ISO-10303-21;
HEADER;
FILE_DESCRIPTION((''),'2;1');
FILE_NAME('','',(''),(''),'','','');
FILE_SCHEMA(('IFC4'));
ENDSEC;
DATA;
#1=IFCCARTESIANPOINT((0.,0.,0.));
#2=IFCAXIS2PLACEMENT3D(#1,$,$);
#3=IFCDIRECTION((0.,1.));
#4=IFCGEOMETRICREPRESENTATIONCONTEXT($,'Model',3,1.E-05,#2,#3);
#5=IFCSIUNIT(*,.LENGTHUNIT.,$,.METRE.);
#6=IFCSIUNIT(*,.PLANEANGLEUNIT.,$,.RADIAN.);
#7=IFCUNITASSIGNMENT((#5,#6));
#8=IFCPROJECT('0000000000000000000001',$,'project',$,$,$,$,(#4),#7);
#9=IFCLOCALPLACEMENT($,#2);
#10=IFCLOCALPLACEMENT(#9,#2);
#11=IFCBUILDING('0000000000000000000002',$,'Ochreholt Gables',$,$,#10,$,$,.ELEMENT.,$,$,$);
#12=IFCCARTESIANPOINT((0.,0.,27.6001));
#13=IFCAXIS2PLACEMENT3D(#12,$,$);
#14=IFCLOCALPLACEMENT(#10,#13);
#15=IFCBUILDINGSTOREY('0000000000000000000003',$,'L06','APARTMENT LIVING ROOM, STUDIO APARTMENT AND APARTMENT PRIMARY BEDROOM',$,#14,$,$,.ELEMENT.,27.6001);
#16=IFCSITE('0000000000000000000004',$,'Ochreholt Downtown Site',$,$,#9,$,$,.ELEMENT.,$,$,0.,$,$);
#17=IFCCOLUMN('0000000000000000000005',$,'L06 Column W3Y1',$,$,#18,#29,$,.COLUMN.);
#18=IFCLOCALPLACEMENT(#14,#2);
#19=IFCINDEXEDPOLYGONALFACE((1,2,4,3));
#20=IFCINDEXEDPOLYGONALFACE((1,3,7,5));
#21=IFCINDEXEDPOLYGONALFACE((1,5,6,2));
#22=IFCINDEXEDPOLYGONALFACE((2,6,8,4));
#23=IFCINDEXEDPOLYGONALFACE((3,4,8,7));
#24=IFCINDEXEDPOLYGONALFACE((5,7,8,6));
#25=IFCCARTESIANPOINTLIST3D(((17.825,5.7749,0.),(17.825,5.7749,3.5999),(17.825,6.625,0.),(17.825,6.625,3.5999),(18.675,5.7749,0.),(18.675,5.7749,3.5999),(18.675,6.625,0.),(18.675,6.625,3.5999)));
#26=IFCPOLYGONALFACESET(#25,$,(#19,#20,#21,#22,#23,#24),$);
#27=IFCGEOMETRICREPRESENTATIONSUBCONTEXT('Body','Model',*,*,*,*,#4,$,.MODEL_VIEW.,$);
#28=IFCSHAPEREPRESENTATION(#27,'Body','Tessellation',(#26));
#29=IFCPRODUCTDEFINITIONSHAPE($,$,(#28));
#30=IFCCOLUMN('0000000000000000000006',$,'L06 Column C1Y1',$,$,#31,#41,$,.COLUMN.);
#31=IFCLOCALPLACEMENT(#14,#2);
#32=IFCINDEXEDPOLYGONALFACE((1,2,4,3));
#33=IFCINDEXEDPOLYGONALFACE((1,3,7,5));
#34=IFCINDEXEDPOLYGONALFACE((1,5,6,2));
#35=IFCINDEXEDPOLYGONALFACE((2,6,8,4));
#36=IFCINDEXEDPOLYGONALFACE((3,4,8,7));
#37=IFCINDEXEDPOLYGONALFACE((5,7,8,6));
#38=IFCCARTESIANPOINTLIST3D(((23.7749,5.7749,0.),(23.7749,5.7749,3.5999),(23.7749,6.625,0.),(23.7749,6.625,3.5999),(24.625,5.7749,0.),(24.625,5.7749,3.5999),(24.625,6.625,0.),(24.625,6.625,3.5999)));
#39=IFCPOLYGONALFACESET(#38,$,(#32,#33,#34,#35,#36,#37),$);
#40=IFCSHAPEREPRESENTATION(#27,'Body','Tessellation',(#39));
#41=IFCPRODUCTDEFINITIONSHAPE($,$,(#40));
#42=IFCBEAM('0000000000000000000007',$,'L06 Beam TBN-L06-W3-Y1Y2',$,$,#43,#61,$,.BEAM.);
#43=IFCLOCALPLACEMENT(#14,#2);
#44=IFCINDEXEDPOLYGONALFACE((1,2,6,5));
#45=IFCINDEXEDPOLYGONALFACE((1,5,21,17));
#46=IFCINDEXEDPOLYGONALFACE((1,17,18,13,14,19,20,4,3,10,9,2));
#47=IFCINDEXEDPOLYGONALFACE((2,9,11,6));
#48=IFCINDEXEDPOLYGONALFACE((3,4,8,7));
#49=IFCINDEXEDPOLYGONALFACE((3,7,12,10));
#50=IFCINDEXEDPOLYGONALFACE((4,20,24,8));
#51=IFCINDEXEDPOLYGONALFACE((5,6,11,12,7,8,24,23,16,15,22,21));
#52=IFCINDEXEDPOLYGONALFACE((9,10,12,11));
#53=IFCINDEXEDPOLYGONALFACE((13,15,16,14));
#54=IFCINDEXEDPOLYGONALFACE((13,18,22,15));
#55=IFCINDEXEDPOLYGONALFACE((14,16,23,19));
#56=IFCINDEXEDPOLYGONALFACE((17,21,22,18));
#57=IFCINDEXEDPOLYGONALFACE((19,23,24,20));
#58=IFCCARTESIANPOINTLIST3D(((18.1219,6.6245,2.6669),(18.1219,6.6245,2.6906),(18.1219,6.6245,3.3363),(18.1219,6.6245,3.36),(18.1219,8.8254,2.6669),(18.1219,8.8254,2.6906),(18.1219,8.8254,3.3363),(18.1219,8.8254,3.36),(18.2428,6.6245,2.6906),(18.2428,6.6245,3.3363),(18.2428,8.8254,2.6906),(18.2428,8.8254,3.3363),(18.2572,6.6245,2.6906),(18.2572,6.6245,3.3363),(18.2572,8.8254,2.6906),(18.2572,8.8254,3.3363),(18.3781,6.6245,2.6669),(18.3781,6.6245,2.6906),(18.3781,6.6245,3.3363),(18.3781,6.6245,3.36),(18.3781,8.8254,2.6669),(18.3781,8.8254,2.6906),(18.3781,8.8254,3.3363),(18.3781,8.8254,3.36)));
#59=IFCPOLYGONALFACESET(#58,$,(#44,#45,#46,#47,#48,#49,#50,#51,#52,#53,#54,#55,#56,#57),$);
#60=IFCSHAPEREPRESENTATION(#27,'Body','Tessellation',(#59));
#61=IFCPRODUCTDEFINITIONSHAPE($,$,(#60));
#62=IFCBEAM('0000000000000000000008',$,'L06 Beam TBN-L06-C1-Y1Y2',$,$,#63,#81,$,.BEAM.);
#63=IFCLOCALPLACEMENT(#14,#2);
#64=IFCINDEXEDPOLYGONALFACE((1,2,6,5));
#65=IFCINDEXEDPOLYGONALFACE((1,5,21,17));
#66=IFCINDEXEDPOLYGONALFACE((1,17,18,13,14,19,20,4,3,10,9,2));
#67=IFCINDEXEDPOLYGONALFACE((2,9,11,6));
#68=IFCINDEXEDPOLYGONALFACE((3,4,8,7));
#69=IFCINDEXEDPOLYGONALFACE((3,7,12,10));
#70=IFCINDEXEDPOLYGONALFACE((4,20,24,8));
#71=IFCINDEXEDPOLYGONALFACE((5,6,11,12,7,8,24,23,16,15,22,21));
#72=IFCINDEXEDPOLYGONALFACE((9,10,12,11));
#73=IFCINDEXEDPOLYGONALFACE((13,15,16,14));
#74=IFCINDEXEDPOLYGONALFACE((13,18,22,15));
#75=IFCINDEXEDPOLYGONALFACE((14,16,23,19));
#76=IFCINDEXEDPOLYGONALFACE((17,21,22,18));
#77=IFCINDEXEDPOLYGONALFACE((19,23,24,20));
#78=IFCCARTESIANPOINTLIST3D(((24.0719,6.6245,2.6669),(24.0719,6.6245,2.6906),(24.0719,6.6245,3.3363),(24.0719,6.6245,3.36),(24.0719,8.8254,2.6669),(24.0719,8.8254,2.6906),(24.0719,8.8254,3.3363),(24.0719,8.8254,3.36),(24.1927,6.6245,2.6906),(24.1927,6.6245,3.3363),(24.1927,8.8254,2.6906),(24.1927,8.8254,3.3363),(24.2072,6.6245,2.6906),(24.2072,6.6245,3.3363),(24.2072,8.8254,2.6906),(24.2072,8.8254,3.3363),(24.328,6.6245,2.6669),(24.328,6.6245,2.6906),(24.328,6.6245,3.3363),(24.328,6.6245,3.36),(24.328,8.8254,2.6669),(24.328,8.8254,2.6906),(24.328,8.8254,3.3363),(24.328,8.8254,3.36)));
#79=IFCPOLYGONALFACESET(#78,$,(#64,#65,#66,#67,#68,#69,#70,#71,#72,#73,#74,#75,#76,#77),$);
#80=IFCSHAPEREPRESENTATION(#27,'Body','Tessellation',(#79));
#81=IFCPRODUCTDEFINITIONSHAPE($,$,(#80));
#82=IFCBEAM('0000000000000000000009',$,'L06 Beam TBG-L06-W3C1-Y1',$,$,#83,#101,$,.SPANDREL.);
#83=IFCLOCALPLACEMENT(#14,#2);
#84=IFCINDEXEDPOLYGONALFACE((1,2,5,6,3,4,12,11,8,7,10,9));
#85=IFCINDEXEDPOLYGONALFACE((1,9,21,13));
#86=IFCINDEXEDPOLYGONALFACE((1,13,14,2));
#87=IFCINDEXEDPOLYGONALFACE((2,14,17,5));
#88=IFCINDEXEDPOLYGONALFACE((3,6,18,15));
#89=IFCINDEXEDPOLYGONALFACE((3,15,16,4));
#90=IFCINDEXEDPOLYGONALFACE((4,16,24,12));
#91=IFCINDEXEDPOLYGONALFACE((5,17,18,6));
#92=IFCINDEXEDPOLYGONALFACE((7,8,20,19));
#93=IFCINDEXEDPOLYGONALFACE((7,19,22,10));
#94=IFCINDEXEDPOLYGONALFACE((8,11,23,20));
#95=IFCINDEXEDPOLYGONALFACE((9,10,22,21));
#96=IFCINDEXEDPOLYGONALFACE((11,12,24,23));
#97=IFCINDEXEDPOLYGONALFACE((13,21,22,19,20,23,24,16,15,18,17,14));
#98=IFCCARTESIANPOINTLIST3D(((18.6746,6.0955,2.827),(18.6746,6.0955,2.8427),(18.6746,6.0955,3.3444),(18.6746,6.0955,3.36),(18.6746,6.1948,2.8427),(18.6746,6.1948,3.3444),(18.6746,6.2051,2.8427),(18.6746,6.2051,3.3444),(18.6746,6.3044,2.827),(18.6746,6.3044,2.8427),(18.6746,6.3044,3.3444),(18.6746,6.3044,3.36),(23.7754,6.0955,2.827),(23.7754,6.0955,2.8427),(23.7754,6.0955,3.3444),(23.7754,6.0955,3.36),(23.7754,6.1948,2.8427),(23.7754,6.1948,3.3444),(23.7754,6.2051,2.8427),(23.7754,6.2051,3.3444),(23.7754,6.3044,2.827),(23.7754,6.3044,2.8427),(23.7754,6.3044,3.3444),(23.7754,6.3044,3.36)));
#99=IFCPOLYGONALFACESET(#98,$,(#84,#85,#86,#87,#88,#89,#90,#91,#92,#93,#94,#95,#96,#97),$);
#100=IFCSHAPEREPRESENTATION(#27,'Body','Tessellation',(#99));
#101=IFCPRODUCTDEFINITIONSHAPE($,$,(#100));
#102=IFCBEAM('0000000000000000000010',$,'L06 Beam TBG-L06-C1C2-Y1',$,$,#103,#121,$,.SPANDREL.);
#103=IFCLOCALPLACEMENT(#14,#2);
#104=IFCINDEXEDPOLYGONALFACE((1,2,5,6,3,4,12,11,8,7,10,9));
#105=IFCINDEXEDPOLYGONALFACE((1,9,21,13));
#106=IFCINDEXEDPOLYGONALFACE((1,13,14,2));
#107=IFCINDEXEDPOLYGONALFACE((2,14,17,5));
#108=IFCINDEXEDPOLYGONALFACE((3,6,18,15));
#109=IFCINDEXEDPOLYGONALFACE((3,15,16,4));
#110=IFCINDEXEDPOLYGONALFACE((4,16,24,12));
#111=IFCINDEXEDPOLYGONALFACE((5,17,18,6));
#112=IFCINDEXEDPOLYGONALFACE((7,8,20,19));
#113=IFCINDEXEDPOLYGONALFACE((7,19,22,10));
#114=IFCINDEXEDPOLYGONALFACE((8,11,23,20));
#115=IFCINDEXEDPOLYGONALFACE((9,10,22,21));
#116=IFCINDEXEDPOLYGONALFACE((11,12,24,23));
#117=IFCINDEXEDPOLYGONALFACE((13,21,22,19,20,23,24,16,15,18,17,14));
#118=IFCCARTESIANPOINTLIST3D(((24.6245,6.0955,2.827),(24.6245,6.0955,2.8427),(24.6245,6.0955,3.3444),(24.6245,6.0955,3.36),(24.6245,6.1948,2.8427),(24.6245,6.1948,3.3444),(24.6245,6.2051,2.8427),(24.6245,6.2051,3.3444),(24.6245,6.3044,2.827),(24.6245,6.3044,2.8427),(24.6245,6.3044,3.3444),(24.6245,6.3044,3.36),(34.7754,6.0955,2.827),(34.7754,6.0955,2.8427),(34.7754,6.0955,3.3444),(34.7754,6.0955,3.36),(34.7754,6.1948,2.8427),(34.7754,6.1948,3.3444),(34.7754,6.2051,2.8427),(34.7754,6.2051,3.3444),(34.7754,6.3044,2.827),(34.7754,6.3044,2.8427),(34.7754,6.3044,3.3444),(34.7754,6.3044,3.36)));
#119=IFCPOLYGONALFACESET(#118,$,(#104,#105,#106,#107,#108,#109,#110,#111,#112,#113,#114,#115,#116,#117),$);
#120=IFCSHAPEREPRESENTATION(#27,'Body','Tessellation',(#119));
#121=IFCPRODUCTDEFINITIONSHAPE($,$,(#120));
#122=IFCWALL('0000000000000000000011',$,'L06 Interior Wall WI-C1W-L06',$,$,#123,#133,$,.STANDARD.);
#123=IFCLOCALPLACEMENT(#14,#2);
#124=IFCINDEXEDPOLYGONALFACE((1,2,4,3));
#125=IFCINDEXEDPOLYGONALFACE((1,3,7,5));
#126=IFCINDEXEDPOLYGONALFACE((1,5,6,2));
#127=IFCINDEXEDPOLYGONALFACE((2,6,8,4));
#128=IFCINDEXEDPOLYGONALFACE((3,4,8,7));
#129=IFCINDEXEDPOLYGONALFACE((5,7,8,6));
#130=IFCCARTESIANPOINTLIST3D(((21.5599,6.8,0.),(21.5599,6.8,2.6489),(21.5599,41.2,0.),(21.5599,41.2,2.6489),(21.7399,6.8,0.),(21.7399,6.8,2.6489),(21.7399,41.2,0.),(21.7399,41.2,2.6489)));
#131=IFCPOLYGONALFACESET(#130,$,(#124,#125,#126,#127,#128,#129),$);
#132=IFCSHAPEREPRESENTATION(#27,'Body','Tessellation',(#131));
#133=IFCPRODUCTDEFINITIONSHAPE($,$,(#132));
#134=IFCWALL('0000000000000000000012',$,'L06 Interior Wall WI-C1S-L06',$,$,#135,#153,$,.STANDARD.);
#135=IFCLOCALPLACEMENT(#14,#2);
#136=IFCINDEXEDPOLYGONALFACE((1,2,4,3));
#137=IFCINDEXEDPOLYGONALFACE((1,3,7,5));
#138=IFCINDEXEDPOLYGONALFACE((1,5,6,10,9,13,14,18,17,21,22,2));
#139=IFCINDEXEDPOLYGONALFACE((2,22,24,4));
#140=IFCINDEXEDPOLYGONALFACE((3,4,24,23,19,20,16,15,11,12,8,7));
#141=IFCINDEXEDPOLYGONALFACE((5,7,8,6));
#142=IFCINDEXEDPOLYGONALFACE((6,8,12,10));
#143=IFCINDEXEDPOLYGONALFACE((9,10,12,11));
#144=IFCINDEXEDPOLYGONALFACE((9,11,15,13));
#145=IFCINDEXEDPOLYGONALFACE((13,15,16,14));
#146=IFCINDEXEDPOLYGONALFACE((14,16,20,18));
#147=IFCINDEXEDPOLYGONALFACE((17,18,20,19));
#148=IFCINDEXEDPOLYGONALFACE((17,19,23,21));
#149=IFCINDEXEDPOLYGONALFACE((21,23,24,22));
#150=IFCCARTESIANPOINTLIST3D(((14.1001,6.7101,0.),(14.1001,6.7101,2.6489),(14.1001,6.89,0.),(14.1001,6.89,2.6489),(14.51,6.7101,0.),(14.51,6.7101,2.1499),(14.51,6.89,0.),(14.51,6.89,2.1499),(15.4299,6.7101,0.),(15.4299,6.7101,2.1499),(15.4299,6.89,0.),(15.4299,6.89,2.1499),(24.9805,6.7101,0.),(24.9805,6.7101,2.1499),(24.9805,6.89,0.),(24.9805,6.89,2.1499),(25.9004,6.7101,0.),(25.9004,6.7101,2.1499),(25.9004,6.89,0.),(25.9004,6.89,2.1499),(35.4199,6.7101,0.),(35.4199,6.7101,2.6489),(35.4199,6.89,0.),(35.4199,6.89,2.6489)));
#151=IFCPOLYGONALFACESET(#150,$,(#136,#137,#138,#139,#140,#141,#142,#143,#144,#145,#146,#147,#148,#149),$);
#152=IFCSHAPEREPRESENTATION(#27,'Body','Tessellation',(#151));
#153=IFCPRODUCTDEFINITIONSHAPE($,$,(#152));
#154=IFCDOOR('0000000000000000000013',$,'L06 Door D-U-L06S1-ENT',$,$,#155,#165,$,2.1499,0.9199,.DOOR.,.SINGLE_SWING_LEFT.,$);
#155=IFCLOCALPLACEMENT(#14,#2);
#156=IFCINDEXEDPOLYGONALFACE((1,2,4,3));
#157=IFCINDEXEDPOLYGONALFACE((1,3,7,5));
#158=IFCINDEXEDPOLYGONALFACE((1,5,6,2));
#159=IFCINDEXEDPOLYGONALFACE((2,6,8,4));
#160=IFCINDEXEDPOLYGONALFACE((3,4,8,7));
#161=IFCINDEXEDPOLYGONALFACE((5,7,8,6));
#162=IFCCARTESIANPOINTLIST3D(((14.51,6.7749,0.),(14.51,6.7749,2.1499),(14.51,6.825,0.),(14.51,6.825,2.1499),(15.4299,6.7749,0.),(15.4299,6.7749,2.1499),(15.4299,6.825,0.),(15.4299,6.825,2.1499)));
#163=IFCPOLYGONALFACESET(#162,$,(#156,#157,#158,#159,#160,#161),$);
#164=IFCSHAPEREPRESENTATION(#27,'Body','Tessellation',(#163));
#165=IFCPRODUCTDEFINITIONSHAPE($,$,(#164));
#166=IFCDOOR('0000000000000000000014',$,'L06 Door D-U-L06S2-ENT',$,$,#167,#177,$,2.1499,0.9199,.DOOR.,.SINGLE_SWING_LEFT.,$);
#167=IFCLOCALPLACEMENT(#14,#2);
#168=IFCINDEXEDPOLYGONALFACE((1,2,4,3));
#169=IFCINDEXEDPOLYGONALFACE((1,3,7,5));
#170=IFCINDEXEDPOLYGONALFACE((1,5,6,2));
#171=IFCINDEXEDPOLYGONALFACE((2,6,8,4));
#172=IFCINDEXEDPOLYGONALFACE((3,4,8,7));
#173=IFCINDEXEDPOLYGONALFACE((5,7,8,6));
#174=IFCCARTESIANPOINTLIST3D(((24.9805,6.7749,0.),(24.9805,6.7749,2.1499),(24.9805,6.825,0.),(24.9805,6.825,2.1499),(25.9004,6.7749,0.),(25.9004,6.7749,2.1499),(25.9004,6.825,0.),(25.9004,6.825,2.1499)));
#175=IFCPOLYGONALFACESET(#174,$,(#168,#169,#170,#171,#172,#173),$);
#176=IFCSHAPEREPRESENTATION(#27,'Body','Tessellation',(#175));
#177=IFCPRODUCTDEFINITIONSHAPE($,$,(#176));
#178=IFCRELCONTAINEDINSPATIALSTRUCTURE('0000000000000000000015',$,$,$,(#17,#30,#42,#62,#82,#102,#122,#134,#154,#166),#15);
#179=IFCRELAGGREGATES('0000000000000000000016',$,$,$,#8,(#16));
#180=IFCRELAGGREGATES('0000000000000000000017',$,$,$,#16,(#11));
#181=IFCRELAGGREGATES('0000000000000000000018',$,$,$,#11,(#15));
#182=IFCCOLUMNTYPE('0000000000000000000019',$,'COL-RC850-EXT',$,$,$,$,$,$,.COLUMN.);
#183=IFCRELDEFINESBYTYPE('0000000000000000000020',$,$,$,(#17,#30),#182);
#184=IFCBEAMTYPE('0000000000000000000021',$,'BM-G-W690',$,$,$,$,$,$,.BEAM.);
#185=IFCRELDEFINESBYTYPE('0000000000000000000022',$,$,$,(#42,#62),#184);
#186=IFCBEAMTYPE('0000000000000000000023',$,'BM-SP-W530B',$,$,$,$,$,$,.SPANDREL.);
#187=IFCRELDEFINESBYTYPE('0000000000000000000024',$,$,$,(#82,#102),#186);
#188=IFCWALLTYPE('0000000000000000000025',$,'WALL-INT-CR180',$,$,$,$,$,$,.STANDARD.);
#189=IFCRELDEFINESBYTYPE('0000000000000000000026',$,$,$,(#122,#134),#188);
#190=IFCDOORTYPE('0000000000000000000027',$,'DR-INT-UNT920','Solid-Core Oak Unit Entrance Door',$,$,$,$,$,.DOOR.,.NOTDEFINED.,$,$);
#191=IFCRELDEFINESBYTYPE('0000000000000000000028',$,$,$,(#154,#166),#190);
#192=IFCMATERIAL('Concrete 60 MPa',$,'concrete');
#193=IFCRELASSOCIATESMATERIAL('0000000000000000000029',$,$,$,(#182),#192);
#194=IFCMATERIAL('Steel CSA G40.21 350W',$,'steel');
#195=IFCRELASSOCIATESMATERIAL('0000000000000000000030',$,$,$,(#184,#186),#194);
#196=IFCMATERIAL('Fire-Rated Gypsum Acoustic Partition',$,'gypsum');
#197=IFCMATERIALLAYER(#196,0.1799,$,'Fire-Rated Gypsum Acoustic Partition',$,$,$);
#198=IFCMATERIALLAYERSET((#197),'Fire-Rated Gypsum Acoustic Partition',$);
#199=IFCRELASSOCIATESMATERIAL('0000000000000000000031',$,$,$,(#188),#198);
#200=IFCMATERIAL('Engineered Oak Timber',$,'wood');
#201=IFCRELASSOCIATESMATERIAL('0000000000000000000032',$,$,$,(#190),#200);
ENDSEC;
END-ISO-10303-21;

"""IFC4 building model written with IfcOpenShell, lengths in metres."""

from ifc_helpers import new_model, si_unit, direction, frame, frame_2d, origin, origin_2d, place, context, subcontext, project, spatial, rectangle, i_section, extrude, material, layer, layer_set, material_profile, profile_set, type_object, element, fill, save


model = new_model("IFC4")

# Units and contexts
model_context = context("Model", 3, precision=1e-05, world=origin(), true_north=direction((0.0, 1.0)))
body_context = subcontext(model_context, "Body", "Model", "MODEL_VIEW")
ifc_project = project(units=[si_unit("LENGTHUNIT", "METRE"), si_unit("PLANEANGLEUNIT", "RADIAN")], contexts=[model_context])

# Site, building, storey
site_placement = place(None, origin())
site = spatial("IfcSite", under=ifc_project, at=site_placement, Name="Ochreholt Downtown Site", CompositionType="ELEMENT", RefElevation=0.0)
building_placement = place(site_placement, origin())
building = spatial("IfcBuilding", under=site, at=building_placement, Name="Ochreholt Gables", CompositionType="ELEMENT")
storey_placement = place(building_placement, frame((0.0, 0.0, 27.6001)))
storey = spatial("IfcBuildingStorey", under=building, at=storey_placement, Name="L06", Description="APARTMENT LIVING ROOM, STUDIO APARTMENT AND APARTMENT PRIMARY BEDROOM", CompositionType="ELEMENT", Elevation=27.6001)

# Columns
ifc_material_1 = material(Name="Concrete 60 MPa", Category="concrete")
ifc_material_profile_1 = material_profile(ifc_material_1, rectangle(XDim=0.8501, YDim=0.8501, at=origin_2d()), Name="RC850X850")
ifc_profile_set_1 = profile_set([ifc_material_profile_1], Name="Concrete 60 MPa")
column_type = type_object("IfcColumnType", Name="COL-RC850-EXT", PredefinedType="COLUMN", material=ifc_profile_set_1)
for number, where, z_axis, x_axis, name in (
    (1, (18.25, 6.2, 0.0), (0.0, 0.0, 1.0), (1.0, 0.0, 0.0), "L06 Column W3Y1"),
    (2, (24.2, 6.2, 0.0), (0.0, 0.0, 1.0), (1.0, 0.0, 0.0), "L06 Column C1Y1"),
):
    element("IfcColumn", number, at=place(storey_placement, frame(where, z_axis=z_axis, x_axis=x_axis)), inside=storey, type_object=column_type, Name=name, PredefinedType="COLUMN", context=body_context, shape_type="SweptSolid", body=[
        extrude(rectangle(XDim=0.8501, YDim=0.8501, at=origin_2d()), origin(), (0.0, 0.0, 1.0), 3.5999),
    ])

# Beams
ifc_material_2 = material(Name="Steel CSA G40.21 350W", Category="steel")
ifc_material_profile_2 = material_profile(ifc_material_2, i_section(OverallWidth=0.2561, OverallDepth=0.6931, WebThickness=0.0144, FlangeThickness=0.0237, at=origin_2d()), Name="W690X170")
ifc_profile_set_2 = profile_set([ifc_material_profile_2], Name="Steel CSA G40.21 350W")
beam_type_1 = type_object("IfcBeamType", Name="BM-G-W690", PredefinedType="BEAM", material=ifc_profile_set_2)
for number, where, z_axis, x_axis, name in (
    (3, (18.25, 6.6245, 3.0134), (0.0, 1.0, 0.0), (-1.0, 0.0, 0.0), "L06 Beam TBN-L06-W3-Y1Y2"),
    (4, (24.2, 6.6245, 3.0134), (0.0, 1.0, 0.0), (-1.0, 0.0, 0.0), "L06 Beam TBN-L06-C1-Y1Y2"),
):
    element("IfcBeam", number, at=place(storey_placement, frame(where, z_axis=z_axis, x_axis=x_axis)), inside=storey, type_object=beam_type_1, Name=name, PredefinedType="BEAM", context=body_context, shape_type="SweptSolid", body=[
        extrude(i_section(OverallWidth=0.2561, OverallDepth=0.6931, WebThickness=0.0144, FlangeThickness=0.0237, at=origin_2d()), origin(), (0.0, 0.0, 1.0), 2.2009),
    ])
ifc_material_profile_3 = material_profile(ifc_material_2, i_section(OverallWidth=0.209, OverallDepth=0.533, WebThickness=0.0103, FlangeThickness=0.0156, at=origin_2d()), Name="W530X92")
ifc_profile_set_3 = profile_set([ifc_material_profile_3], Name="Steel CSA G40.21 350W")
beam_type_2 = type_object("IfcBeamType", Name="BM-SP-W530B", PredefinedType="SPANDREL", material=ifc_profile_set_3)
beam_1_placement = place(storey_placement, frame((18.6746, 6.2, 3.0935), z_axis=(1.0, 0.0, 0.0), x_axis=(0.0, 1.0, 0.0)))
element("IfcBeam", 5, at=beam_1_placement, inside=storey, type_object=beam_type_2, Name="L06 Beam TBG-L06-W3C1-Y1", PredefinedType="SPANDREL", context=body_context, shape_type="SweptSolid", body=[
    extrude(i_section(OverallWidth=0.209, OverallDepth=0.533, WebThickness=0.0103, FlangeThickness=0.0156, at=origin_2d()), origin(), (0.0, 0.0, 1.0), 5.1008),
])
beam_2_placement = place(storey_placement, frame((24.6245, 6.2, 3.0935), z_axis=(1.0, 0.0, 0.0), x_axis=(0.0, 1.0, 0.0)))
element("IfcBeam", 6, at=beam_2_placement, inside=storey, type_object=beam_type_2, Name="L06 Beam TBG-L06-C1C2-Y1", PredefinedType="SPANDREL", context=body_context, shape_type="SweptSolid", body=[
    extrude(i_section(OverallWidth=0.209, OverallDepth=0.533, WebThickness=0.0103, FlangeThickness=0.0156, at=origin_2d()), origin(), (0.0, 0.0, 1.0), 10.1509),
])

# Wall
ifc_material_3 = material(Name="Fire-Rated Gypsum Acoustic Partition", Category="gypsum")
ifc_layer_1 = layer(ifc_material_3, 0.1799, Name="Fire-Rated Gypsum Acoustic Partition")
ifc_layer_set_1 = layer_set([ifc_layer_1], Name="Fire-Rated Gypsum Acoustic Partition")
wall_type_1 = type_object("IfcWallType", Name="WALL-INT-CR180", PredefinedType="STANDARD", material=ifc_layer_set_1)
wall_1_placement = place(storey_placement, frame((21.6499, 6.8, 0.0), z_axis=(0.0, 0.0, 1.0), x_axis=(0.0, 1.0, 0.0)))
element("IfcWall", 7, at=wall_1_placement, inside=storey, type_object=wall_type_1, Name="L06 Interior Wall WI-C1W-L06", PredefinedType="STANDARD", context=body_context, shape_type="SweptSolid", body=[
    extrude(rectangle(XDim=34.3999, YDim=0.1799, at=frame_2d((17.2, 0.0))), origin(), (0.0, 0.0, 1.0), 2.6489),
])

# Wall, openings, doors
wall_2_placement = place(storey_placement, frame((14.1001, 6.8, 0.0), z_axis=(0.0, 0.0, 1.0), x_axis=(1.0, 0.0, 0.0)))
wall_2 = element("IfcWall", 8, at=wall_2_placement, inside=storey, type_object=wall_type_1, Name="L06 Interior Wall WI-C1S-L06", PredefinedType="STANDARD", context=body_context, shape_type="SweptSolid", body=[
    extrude(rectangle(XDim=21.3198, YDim=0.1799, at=frame_2d((10.6599, 0.0))), origin(), (0.0, 0.0, 1.0), 2.6489),
])
opening_1_placement = place(wall_2_placement, frame((0.4099, 0.0, 0.0)))
opening_1 = element("IfcOpeningElement", 9, at=opening_1_placement, cuts=wall_2, PredefinedType="OPENING", context=body_context, shape_type="SweptSolid", body=[
    extrude(rectangle(XDim=0.9199, YDim=2.1499, at=frame_2d((0.46, 1.075))), frame((0.0, 0.0999, 0.0), z_axis=(0.0, -1.0, 0.0), x_axis=(1.0, 0.0, 0.0)), (0.0, 0.0, 1.0), 0.2),
])
opening_2_placement = place(wall_2_placement, frame((10.8804, 0.0, 0.0)))
opening_2 = element("IfcOpeningElement", 10, at=opening_2_placement, cuts=wall_2, PredefinedType="OPENING", context=body_context, shape_type="SweptSolid", body=[
    extrude(rectangle(XDim=0.9199, YDim=2.1499, at=frame_2d((0.46, 1.075))), frame((0.0, 0.0999, 0.0), z_axis=(0.0, -1.0, 0.0), x_axis=(1.0, 0.0, 0.0)), (0.0, 0.0, 1.0), 0.2),
])
ifc_material_4 = material(Name="Engineered Oak Timber", Category="wood")
door_type_1 = type_object("IfcDoorType", Name="DR-INT-UNT920", Description="Solid-Core Oak Unit Entrance Door", OperationType="NOTDEFINED", PredefinedType="DOOR", material=ifc_material_4)
door_1_placement = place(opening_1_placement, origin())
door_1 = element("IfcDoor", 11, at=door_1_placement, inside=storey, type_object=door_type_1, Name="L06 Door D-U-L06S1-ENT", OperationType="SINGLE_SWING_LEFT", OverallHeight=2.1499, OverallWidth=0.9199, PredefinedType="DOOR", context=body_context, shape_type="SweptSolid", body=[
    extrude(rectangle(XDim=0.9199, YDim=2.1499, at=frame_2d((0.46, 1.075))), frame((0.0, 0.0249, 0.0), z_axis=(0.0, -1.0, 0.0), x_axis=(1.0, 0.0, 0.0)), (0.0, 0.0, 1.0), 0.05),
])
fill(opening_1, door_1)
door_2_placement = place(opening_2_placement, origin())
door_2 = element("IfcDoor", 12, at=door_2_placement, inside=storey, type_object=door_type_1, Name="L06 Door D-U-L06S2-ENT", OperationType="SINGLE_SWING_LEFT", OverallHeight=2.1499, OverallWidth=0.9199, PredefinedType="DOOR", context=body_context, shape_type="SweptSolid", body=[
    extrude(rectangle(XDim=0.9199, YDim=2.1499, at=frame_2d((0.46, 1.075))), frame((0.0, 0.0249, 0.0), z_axis=(0.0, -1.0, 0.0), x_axis=(1.0, 0.0, 0.0)), (0.0, 0.0, 1.0), 0.05),
])
fill(opening_2, door_2)

save(model, "model.ifc")
